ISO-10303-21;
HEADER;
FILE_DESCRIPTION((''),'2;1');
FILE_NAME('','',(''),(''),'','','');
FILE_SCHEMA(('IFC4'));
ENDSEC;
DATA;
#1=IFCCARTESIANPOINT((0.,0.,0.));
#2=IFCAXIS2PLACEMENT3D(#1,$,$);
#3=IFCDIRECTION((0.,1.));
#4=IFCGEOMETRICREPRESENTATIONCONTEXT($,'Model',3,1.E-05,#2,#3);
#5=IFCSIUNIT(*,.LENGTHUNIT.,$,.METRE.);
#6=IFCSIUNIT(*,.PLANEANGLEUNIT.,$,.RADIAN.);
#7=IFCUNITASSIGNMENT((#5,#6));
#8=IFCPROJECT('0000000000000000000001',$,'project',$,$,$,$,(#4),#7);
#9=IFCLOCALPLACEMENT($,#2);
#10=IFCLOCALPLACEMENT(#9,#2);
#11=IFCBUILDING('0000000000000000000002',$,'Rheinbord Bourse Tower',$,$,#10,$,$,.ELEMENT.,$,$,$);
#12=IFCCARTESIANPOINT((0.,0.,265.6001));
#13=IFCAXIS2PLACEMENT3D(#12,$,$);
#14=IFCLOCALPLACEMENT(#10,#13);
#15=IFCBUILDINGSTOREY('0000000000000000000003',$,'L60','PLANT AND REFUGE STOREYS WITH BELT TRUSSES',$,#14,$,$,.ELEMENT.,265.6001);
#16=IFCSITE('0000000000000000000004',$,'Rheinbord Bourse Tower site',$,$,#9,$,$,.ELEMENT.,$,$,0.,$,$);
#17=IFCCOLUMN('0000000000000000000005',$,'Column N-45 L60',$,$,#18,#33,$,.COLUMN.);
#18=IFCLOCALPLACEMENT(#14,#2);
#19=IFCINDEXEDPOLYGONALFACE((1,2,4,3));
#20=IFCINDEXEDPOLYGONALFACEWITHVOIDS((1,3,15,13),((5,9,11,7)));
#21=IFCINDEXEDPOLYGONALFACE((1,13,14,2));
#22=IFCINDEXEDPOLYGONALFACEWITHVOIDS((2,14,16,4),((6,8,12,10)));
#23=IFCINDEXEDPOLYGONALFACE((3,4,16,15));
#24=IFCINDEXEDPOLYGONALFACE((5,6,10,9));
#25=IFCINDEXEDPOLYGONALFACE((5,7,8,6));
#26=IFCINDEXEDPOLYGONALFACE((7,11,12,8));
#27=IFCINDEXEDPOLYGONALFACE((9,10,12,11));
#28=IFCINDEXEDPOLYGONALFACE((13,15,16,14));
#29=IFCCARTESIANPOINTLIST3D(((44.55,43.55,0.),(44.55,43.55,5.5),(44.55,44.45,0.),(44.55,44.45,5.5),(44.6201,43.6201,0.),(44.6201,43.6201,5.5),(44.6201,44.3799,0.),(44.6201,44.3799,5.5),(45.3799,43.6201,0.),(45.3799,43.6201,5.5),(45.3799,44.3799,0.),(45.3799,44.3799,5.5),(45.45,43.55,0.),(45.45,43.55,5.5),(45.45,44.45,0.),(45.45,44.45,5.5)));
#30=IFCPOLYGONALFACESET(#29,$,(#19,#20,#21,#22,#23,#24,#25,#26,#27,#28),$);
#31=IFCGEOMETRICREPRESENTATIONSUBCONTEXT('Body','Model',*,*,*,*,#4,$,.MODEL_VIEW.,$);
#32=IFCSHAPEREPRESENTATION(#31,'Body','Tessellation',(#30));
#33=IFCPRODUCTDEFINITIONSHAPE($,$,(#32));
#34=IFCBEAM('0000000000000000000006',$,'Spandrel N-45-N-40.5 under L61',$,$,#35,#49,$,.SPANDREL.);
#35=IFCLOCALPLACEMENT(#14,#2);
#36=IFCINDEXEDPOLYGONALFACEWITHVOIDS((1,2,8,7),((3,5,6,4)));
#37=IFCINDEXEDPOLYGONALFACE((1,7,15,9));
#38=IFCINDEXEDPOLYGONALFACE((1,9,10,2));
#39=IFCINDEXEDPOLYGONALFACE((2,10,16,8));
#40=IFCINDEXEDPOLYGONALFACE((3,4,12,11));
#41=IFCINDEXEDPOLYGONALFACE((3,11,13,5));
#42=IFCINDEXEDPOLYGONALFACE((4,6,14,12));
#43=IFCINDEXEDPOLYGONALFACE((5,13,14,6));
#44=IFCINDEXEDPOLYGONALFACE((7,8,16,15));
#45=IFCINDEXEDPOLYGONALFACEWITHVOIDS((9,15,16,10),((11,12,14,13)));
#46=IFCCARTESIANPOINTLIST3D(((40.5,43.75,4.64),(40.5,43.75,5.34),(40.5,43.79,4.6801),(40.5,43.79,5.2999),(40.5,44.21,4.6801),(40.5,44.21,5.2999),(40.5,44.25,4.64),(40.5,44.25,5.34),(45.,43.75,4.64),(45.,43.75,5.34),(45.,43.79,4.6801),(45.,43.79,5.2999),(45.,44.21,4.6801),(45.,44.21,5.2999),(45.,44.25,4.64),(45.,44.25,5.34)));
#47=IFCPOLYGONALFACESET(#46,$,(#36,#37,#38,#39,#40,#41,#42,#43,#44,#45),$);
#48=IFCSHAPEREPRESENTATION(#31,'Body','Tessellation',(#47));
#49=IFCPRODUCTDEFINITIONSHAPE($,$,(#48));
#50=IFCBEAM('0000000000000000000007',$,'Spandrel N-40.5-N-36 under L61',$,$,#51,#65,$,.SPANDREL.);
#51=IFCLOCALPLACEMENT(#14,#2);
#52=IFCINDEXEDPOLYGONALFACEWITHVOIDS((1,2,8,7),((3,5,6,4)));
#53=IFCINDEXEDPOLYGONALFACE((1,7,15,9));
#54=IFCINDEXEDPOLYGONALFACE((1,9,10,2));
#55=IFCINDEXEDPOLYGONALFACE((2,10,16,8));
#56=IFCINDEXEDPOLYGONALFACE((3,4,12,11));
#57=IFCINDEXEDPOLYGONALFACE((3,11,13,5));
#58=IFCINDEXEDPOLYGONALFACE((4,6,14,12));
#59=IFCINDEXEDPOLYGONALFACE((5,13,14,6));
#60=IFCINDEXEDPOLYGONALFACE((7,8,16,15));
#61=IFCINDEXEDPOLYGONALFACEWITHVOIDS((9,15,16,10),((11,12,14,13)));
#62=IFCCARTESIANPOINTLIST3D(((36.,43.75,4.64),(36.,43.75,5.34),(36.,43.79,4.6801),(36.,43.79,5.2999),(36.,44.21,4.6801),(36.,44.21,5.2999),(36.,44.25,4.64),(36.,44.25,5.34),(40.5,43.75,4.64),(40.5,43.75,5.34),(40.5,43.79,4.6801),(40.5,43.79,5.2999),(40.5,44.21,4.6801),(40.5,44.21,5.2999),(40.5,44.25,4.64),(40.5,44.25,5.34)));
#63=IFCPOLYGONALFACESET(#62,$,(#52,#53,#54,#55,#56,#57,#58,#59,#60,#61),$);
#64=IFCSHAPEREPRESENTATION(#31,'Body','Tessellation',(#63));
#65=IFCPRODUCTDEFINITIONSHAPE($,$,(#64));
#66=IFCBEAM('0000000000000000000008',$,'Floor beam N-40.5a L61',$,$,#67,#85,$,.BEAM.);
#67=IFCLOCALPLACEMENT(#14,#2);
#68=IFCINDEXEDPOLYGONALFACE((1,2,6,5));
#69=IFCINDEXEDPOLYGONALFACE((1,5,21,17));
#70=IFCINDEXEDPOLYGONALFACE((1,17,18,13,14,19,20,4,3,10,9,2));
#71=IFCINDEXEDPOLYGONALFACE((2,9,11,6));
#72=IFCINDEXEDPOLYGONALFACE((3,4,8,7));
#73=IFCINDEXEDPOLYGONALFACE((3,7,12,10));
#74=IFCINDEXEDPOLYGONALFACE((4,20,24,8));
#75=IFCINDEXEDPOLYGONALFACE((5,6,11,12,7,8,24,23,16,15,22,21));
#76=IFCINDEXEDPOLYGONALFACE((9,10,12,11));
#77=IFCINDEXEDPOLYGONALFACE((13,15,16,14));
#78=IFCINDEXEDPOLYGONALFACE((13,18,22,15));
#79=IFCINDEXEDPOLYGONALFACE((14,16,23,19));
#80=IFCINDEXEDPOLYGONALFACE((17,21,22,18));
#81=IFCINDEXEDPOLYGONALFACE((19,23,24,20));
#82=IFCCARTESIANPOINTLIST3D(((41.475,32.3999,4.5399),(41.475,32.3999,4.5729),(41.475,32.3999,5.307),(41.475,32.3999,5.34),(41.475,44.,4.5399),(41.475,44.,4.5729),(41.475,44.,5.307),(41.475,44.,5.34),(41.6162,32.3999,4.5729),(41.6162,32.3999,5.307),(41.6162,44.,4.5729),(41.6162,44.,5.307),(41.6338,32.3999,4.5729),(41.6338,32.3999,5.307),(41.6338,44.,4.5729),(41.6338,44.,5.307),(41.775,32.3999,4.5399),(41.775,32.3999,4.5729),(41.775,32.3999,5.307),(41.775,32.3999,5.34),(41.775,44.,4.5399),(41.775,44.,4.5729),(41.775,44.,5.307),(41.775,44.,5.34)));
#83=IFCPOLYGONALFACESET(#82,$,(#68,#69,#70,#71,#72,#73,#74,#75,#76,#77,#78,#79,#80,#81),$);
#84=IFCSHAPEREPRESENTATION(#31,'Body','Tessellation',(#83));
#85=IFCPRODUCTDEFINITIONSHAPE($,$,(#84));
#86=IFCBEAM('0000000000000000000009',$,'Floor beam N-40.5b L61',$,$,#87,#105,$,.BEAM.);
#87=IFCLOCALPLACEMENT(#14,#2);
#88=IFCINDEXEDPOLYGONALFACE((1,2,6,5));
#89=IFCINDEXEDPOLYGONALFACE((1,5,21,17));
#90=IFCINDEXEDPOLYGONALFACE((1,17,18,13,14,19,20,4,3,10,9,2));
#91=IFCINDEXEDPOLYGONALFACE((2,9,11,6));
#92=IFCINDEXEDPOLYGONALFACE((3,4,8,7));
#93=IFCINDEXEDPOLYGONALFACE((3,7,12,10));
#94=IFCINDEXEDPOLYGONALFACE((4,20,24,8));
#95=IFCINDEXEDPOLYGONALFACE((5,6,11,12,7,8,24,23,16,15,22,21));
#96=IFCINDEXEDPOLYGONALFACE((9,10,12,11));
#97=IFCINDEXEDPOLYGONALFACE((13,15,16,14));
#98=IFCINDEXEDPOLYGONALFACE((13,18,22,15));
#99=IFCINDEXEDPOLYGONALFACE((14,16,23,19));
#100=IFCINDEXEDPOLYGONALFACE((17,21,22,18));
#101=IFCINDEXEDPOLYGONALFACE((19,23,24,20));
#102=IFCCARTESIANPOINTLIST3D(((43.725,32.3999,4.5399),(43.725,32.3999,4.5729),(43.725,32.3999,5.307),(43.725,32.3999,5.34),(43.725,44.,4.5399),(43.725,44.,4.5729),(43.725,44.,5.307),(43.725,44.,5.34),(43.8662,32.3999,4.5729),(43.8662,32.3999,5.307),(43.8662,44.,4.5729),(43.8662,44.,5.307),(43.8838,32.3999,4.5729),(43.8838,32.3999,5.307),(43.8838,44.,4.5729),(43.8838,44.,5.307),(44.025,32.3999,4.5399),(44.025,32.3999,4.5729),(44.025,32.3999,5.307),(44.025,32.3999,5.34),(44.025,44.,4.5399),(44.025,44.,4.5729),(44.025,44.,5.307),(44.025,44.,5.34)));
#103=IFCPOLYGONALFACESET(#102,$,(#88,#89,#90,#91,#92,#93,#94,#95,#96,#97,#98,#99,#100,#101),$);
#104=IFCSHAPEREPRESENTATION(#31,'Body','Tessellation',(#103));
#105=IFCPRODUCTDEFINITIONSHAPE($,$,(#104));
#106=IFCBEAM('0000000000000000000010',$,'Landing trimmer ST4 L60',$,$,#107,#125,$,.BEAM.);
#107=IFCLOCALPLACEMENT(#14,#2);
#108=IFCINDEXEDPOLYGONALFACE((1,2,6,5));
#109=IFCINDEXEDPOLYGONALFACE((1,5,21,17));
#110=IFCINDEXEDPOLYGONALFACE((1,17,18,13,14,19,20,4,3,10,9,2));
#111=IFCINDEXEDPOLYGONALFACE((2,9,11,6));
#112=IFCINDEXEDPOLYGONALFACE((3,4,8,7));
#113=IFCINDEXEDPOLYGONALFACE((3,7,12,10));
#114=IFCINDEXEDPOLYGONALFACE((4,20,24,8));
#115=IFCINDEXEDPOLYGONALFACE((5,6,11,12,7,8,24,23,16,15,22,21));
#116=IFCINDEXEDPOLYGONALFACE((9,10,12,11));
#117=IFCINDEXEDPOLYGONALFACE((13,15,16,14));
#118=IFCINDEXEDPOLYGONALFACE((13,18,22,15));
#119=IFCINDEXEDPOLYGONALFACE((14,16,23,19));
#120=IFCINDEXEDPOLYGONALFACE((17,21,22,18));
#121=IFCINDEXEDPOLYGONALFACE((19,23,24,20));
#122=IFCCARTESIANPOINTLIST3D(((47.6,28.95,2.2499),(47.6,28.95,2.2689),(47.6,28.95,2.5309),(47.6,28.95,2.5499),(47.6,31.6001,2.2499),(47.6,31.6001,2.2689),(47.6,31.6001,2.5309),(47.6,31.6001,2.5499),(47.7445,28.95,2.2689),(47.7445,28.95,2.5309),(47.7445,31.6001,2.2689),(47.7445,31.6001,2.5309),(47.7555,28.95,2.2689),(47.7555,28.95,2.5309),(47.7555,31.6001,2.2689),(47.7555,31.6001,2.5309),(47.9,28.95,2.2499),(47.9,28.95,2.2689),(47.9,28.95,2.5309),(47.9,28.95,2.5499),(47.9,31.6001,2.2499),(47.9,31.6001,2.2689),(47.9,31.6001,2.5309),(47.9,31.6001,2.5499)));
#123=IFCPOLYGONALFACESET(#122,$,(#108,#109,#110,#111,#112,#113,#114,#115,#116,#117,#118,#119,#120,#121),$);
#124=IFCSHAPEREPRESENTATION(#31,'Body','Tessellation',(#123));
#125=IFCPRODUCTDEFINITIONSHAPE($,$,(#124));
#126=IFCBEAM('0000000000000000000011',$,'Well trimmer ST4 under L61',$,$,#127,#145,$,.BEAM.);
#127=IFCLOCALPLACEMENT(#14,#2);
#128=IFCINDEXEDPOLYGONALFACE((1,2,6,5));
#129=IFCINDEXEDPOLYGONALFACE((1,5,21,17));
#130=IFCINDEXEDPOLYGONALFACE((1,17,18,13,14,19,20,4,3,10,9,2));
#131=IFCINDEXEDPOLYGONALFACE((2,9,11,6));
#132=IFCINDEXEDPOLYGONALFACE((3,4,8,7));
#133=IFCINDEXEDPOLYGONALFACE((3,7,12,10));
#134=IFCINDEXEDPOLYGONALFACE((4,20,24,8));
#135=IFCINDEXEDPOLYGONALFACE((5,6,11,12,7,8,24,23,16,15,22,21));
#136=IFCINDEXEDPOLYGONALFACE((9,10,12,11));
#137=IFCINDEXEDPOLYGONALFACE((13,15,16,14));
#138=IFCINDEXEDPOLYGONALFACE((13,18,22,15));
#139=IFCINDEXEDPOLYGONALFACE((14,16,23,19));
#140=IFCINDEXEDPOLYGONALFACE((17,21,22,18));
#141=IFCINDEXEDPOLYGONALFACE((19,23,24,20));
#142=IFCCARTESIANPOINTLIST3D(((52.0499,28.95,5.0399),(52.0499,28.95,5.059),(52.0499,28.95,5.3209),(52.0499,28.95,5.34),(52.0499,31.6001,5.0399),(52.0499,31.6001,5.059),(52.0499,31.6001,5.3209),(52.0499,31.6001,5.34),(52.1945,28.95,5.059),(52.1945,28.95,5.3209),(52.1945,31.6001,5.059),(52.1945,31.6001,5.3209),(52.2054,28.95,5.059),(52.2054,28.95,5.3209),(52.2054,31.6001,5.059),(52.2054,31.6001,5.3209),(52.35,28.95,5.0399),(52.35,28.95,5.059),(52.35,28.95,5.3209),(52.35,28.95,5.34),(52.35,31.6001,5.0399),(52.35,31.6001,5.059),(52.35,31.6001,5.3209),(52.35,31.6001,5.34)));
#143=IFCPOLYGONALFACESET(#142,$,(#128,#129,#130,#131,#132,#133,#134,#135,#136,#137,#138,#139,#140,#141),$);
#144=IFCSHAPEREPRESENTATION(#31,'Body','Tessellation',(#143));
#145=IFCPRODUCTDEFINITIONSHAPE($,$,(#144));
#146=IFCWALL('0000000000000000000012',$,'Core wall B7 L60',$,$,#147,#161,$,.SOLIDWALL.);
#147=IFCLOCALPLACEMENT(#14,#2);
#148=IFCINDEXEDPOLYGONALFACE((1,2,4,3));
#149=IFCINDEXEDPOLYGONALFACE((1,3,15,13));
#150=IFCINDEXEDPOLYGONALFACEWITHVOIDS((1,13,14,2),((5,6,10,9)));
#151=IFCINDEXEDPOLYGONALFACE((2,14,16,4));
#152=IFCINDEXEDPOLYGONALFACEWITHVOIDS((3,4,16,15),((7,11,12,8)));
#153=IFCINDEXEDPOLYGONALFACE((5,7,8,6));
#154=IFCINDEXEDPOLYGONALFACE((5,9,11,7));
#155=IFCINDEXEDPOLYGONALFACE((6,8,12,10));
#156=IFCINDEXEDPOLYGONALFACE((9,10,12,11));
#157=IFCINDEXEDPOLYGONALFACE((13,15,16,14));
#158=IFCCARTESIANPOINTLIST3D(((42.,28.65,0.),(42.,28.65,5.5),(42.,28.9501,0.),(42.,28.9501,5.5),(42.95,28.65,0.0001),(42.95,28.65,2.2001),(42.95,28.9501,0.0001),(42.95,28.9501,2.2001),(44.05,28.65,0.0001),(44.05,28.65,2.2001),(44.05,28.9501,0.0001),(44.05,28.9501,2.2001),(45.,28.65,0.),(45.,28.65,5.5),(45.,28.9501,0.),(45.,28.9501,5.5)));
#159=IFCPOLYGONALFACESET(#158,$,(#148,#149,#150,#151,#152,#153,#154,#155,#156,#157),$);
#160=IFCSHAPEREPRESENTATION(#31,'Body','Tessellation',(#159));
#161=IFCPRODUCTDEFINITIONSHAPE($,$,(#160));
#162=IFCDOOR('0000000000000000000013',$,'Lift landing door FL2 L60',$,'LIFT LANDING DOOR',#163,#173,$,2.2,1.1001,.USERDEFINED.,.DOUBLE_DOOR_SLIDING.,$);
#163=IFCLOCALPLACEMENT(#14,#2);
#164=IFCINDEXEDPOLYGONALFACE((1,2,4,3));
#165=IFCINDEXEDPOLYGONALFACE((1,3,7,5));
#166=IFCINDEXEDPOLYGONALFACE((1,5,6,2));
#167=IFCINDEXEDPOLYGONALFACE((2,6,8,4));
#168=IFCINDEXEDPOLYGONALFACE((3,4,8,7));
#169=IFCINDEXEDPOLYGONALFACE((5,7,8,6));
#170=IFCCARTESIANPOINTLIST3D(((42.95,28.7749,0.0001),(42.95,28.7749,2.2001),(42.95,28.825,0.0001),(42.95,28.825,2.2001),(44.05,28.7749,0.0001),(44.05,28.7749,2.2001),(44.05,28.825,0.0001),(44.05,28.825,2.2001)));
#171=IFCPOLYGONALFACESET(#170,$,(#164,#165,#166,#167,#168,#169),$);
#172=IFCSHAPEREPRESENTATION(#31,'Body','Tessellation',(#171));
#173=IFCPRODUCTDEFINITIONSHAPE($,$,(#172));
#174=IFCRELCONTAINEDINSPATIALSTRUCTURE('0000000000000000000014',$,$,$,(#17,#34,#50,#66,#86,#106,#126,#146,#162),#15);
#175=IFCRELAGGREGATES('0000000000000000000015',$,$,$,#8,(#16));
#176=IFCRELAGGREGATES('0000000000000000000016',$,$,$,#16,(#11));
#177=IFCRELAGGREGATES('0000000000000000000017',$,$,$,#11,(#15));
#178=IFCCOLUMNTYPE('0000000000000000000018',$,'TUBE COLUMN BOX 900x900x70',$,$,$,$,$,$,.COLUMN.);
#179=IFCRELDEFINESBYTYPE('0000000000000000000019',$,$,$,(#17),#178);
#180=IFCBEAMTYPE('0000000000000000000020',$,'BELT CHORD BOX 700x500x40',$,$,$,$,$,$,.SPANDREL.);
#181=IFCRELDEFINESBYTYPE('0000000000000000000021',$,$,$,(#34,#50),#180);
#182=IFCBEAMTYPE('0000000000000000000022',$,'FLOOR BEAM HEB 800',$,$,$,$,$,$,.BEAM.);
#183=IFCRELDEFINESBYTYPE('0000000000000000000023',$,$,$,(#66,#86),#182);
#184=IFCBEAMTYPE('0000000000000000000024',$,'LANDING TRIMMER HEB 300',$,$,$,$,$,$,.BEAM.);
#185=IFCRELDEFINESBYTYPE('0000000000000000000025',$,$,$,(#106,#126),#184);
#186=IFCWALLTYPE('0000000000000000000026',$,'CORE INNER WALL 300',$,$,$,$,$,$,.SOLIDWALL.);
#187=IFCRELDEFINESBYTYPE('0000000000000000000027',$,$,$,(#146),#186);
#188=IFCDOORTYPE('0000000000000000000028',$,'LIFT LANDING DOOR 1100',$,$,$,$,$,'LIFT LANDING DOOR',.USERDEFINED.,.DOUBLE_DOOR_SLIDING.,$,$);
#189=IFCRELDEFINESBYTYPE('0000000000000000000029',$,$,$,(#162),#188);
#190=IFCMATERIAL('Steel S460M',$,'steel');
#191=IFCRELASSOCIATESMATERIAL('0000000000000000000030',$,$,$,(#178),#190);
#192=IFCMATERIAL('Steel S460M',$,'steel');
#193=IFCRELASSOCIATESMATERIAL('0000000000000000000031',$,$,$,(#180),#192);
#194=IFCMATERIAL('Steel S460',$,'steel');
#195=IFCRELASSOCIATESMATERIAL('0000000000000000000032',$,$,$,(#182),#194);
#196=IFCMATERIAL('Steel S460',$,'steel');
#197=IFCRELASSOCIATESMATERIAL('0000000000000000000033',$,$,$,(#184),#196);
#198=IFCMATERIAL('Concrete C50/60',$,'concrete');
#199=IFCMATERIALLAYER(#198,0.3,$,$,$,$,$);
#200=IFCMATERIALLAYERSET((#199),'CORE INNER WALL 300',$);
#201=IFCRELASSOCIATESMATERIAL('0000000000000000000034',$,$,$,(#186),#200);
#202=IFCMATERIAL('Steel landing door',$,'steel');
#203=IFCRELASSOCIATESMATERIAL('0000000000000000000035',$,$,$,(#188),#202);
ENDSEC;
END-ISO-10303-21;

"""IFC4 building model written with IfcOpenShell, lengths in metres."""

from ifc_helpers import new_model, si_unit, direction, frame, frame_2d, origin, origin_2d, place, context, subcontext, project, spatial, rectangle, hollow_rectangle, i_section, extrude, material, layer, layer_set, material_profile, profile_set, type_object, element, fill, save


model = new_model("IFC4")

# Units and contexts
model_context = context("Model", 3, precision=1e-05, world=origin(), true_north=direction((0.0, 1.0)))
body_context = subcontext(model_context, "Body", "Model", "MODEL_VIEW")
ifc_project = project(units=[si_unit("LENGTHUNIT", "METRE"), si_unit("PLANEANGLEUNIT", "RADIAN")], contexts=[model_context])

# Site, building, storey
site_placement = place(None, origin())
site = spatial("IfcSite", under=ifc_project, at=site_placement, Name="Rheinbord Bourse Tower site", CompositionType="ELEMENT", RefElevation=0.0)
building_placement = place(site_placement, origin())
building = spatial("IfcBuilding", under=site, at=building_placement, Name="Rheinbord Bourse Tower", CompositionType="ELEMENT")
storey_placement = place(building_placement, frame((0.0, 0.0, 265.6001)))
storey = spatial("IfcBuildingStorey", under=building, at=storey_placement, Name="L60", Description="PLANT AND REFUGE STOREYS WITH BELT TRUSSES", CompositionType="ELEMENT", Elevation=265.6001)

# Column
ifc_material_1 = material(Name="Steel S460M", Category="steel")
ifc_material_profile_1 = material_profile(ifc_material_1, hollow_rectangle(XDim=0.8999, YDim=0.8999, WallThickness=0.0701, at=origin_2d()), Name="BOX 900x900x70")
ifc_profile_set_1 = profile_set([ifc_material_profile_1], Name="Steel S460M")
column_type = type_object("IfcColumnType", Name="TUBE COLUMN BOX 900x900x70", PredefinedType="COLUMN", material=ifc_profile_set_1)
column_placement = place(storey_placement, frame((45.0, 44.0, 0.0), z_axis=(0.0, 0.0, 1.0), x_axis=(0.0, 1.0, 0.0)))
element("IfcColumn", 1, at=column_placement, inside=storey, type_object=column_type, Name="Column N-45 L60", PredefinedType="COLUMN", context=body_context, shape_type="SweptSolid", body=[
    extrude(hollow_rectangle(XDim=0.8999, YDim=0.8999, WallThickness=0.0701, at=origin_2d()), origin(), (0.0, 0.0, 1.0), 5.5),
])

# Beams
ifc_material_2 = material(Name="Steel S460M", Category="steel")
ifc_material_profile_2 = material_profile(ifc_material_2, hollow_rectangle(XDim=0.5, YDim=0.7, WallThickness=0.04, at=origin_2d()), Name="BOX 700x500x40")
ifc_profile_set_2 = profile_set([ifc_material_profile_2], Name="Steel S460M")
beam_type_1 = type_object("IfcBeamType", Name="BELT CHORD BOX 700x500x40", PredefinedType="SPANDREL", material=ifc_profile_set_2)
for number, where, z_axis, x_axis, name in (
    (2, (45.0, 44.0, 4.99), (-1.0, 0.0, 0.0), (0.0, -1.0, 0.0), "Spandrel N-45-N-40.5 under L61"),
    (3, (40.5, 44.0, 4.99), (-1.0, 0.0, 0.0), (0.0, -1.0, 0.0), "Spandrel N-40.5-N-36 under L61"),
):
    element("IfcBeam", number, at=place(storey_placement, frame(where, z_axis=z_axis, x_axis=x_axis)), inside=storey, type_object=beam_type_1, Name=name, PredefinedType="SPANDREL", context=body_context, shape_type="SweptSolid", body=[
        extrude(hollow_rectangle(XDim=0.5, YDim=0.7, WallThickness=0.04, at=origin_2d()), origin(), (0.0, 0.0, 1.0), 4.5),
    ])
ifc_material_3 = material(Name="Steel S460", Category="steel")
ifc_material_profile_3 = material_profile(ifc_material_3, i_section(OverallWidth=0.3, OverallDepth=0.8, WebThickness=0.0176, FlangeThickness=0.033, at=origin_2d()), Name="HEB 800")
ifc_profile_set_3 = profile_set([ifc_material_profile_3], Name="Steel S460")
beam_type_2 = type_object("IfcBeamType", Name="FLOOR BEAM HEB 800", PredefinedType="BEAM", material=ifc_profile_set_3)
for number, where, z_axis, x_axis, name in (
    (4, (41.625, 44.0, 4.9399), (0.0, -1.0, 0.0), (1.0, 0.0, 0.0), "Floor beam N-40.5a L61"),
    (5, (43.875, 44.0, 4.9399), (0.0, -1.0, 0.0), (1.0, 0.0, 0.0), "Floor beam N-40.5b L61"),
):
    element("IfcBeam", number, at=place(storey_placement, frame(where, z_axis=z_axis, x_axis=x_axis)), inside=storey, type_object=beam_type_2, Name=name, PredefinedType="BEAM", context=body_context, shape_type="SweptSolid", body=[
        extrude(i_section(OverallWidth=0.3, OverallDepth=0.8, WebThickness=0.0176, FlangeThickness=0.033, at=origin_2d()), origin(), (0.0, 0.0, 1.0), 11.6001),
    ])
ifc_material_4 = material(Name="Steel S460", Category="steel")
ifc_material_profile_4 = material_profile(ifc_material_4, i_section(OverallWidth=0.3, OverallDepth=0.3, WebThickness=0.011, FlangeThickness=0.019, at=origin_2d()), Name="HEB 300")
ifc_profile_set_4 = profile_set([ifc_material_profile_4], Name="Steel S460")
beam_type_3 = type_object("IfcBeamType", Name="LANDING TRIMMER HEB 300", PredefinedType="BEAM", material=ifc_profile_set_4)
for number, where, z_axis, x_axis, name in (
    (6, (47.75, 28.95, 2.3999), (0.0, 1.0, 0.0), (-1.0, 0.0, 0.0), "Landing trimmer ST4 L60"),
    (7, (52.2, 28.95, 5.1899), (0.0, 1.0, 0.0), (-1.0, 0.0, 0.0), "Well trimmer ST4 under L61"),
):
    element("IfcBeam", number, at=place(storey_placement, frame(where, z_axis=z_axis, x_axis=x_axis)), inside=storey, type_object=beam_type_3, Name=name, PredefinedType="BEAM", context=body_context, shape_type="SweptSolid", body=[
        extrude(i_section(OverallWidth=0.3, OverallDepth=0.3, WebThickness=0.011, FlangeThickness=0.019, at=origin_2d()), origin(), (0.0, 0.0, 1.0), 2.6501),
    ])

# Wall, opening, door
ifc_material_5 = material(Name="Concrete C50/60", Category="concrete")
ifc_layer_1 = layer(ifc_material_5, 0.3)
ifc_layer_set_1 = layer_set([ifc_layer_1], Name="CORE INNER WALL 300")
wall_type_1 = type_object("IfcWallType", Name="CORE INNER WALL 300", PredefinedType="SOLIDWALL", material=ifc_layer_set_1)
wall_1_placement = place(storey_placement, frame((42.0, 28.8, 0.0), z_axis=(0.0, 0.0, 1.0), x_axis=(1.0, 0.0, 0.0)))
wall_1 = element("IfcWall", 8, at=wall_1_placement, inside=storey, type_object=wall_type_1, Name="Core wall B7 L60", PredefinedType="SOLIDWALL", context=body_context, shape_type="SweptSolid", body=[
    extrude(rectangle(XDim=3.0, YDim=0.3, at=frame_2d((1.5, 0.0))), origin(), (0.0, 0.0, 1.0), 5.5),
])
opening_1_placement = place(wall_1_placement, frame((0.95, 0.0, 0.0)))
opening_1 = element("IfcOpeningElement", 9, at=opening_1_placement, cuts=wall_1, PredefinedType="OPENING", context=body_context, shape_type="SweptSolid", body=[
    extrude(rectangle(XDim=1.1001, YDim=2.2, at=frame_2d((0.55, 1.1001))), frame((0.0, 0.1599, 0.0), z_axis=(0.0, -1.0, 0.0), x_axis=(1.0, 0.0, 0.0)), (0.0, 0.0, 1.0), 0.3201),
])
ifc_material_6 = material(Name="Steel landing door", Category="steel")
door_type_1 = type_object("IfcDoorType", Name="LIFT LANDING DOOR 1100", ElementType="LIFT LANDING DOOR", OperationType="DOUBLE_DOOR_SLIDING", PredefinedType="USERDEFINED", material=ifc_material_6)
door_1_placement = place(opening_1_placement, origin())
door_1 = element("IfcDoor", 10, at=door_1_placement, inside=storey, type_object=door_type_1, Name="Lift landing door FL2 L60", ObjectType="LIFT LANDING DOOR", OperationType="DOUBLE_DOOR_SLIDING", OverallHeight=2.2, OverallWidth=1.1001, PredefinedType="USERDEFINED", context=body_context, shape_type="SweptSolid", body=[
    extrude(rectangle(XDim=1.1001, YDim=2.2, at=frame_2d((0.55, 1.1001))), frame((0.0, 0.0249, 0.0), z_axis=(0.0, -1.0, 0.0), x_axis=(1.0, 0.0, 0.0)), (0.0, 0.0, 1.0), 0.05),
])
fill(opening_1, door_1)

save(model, "model.ifc")
